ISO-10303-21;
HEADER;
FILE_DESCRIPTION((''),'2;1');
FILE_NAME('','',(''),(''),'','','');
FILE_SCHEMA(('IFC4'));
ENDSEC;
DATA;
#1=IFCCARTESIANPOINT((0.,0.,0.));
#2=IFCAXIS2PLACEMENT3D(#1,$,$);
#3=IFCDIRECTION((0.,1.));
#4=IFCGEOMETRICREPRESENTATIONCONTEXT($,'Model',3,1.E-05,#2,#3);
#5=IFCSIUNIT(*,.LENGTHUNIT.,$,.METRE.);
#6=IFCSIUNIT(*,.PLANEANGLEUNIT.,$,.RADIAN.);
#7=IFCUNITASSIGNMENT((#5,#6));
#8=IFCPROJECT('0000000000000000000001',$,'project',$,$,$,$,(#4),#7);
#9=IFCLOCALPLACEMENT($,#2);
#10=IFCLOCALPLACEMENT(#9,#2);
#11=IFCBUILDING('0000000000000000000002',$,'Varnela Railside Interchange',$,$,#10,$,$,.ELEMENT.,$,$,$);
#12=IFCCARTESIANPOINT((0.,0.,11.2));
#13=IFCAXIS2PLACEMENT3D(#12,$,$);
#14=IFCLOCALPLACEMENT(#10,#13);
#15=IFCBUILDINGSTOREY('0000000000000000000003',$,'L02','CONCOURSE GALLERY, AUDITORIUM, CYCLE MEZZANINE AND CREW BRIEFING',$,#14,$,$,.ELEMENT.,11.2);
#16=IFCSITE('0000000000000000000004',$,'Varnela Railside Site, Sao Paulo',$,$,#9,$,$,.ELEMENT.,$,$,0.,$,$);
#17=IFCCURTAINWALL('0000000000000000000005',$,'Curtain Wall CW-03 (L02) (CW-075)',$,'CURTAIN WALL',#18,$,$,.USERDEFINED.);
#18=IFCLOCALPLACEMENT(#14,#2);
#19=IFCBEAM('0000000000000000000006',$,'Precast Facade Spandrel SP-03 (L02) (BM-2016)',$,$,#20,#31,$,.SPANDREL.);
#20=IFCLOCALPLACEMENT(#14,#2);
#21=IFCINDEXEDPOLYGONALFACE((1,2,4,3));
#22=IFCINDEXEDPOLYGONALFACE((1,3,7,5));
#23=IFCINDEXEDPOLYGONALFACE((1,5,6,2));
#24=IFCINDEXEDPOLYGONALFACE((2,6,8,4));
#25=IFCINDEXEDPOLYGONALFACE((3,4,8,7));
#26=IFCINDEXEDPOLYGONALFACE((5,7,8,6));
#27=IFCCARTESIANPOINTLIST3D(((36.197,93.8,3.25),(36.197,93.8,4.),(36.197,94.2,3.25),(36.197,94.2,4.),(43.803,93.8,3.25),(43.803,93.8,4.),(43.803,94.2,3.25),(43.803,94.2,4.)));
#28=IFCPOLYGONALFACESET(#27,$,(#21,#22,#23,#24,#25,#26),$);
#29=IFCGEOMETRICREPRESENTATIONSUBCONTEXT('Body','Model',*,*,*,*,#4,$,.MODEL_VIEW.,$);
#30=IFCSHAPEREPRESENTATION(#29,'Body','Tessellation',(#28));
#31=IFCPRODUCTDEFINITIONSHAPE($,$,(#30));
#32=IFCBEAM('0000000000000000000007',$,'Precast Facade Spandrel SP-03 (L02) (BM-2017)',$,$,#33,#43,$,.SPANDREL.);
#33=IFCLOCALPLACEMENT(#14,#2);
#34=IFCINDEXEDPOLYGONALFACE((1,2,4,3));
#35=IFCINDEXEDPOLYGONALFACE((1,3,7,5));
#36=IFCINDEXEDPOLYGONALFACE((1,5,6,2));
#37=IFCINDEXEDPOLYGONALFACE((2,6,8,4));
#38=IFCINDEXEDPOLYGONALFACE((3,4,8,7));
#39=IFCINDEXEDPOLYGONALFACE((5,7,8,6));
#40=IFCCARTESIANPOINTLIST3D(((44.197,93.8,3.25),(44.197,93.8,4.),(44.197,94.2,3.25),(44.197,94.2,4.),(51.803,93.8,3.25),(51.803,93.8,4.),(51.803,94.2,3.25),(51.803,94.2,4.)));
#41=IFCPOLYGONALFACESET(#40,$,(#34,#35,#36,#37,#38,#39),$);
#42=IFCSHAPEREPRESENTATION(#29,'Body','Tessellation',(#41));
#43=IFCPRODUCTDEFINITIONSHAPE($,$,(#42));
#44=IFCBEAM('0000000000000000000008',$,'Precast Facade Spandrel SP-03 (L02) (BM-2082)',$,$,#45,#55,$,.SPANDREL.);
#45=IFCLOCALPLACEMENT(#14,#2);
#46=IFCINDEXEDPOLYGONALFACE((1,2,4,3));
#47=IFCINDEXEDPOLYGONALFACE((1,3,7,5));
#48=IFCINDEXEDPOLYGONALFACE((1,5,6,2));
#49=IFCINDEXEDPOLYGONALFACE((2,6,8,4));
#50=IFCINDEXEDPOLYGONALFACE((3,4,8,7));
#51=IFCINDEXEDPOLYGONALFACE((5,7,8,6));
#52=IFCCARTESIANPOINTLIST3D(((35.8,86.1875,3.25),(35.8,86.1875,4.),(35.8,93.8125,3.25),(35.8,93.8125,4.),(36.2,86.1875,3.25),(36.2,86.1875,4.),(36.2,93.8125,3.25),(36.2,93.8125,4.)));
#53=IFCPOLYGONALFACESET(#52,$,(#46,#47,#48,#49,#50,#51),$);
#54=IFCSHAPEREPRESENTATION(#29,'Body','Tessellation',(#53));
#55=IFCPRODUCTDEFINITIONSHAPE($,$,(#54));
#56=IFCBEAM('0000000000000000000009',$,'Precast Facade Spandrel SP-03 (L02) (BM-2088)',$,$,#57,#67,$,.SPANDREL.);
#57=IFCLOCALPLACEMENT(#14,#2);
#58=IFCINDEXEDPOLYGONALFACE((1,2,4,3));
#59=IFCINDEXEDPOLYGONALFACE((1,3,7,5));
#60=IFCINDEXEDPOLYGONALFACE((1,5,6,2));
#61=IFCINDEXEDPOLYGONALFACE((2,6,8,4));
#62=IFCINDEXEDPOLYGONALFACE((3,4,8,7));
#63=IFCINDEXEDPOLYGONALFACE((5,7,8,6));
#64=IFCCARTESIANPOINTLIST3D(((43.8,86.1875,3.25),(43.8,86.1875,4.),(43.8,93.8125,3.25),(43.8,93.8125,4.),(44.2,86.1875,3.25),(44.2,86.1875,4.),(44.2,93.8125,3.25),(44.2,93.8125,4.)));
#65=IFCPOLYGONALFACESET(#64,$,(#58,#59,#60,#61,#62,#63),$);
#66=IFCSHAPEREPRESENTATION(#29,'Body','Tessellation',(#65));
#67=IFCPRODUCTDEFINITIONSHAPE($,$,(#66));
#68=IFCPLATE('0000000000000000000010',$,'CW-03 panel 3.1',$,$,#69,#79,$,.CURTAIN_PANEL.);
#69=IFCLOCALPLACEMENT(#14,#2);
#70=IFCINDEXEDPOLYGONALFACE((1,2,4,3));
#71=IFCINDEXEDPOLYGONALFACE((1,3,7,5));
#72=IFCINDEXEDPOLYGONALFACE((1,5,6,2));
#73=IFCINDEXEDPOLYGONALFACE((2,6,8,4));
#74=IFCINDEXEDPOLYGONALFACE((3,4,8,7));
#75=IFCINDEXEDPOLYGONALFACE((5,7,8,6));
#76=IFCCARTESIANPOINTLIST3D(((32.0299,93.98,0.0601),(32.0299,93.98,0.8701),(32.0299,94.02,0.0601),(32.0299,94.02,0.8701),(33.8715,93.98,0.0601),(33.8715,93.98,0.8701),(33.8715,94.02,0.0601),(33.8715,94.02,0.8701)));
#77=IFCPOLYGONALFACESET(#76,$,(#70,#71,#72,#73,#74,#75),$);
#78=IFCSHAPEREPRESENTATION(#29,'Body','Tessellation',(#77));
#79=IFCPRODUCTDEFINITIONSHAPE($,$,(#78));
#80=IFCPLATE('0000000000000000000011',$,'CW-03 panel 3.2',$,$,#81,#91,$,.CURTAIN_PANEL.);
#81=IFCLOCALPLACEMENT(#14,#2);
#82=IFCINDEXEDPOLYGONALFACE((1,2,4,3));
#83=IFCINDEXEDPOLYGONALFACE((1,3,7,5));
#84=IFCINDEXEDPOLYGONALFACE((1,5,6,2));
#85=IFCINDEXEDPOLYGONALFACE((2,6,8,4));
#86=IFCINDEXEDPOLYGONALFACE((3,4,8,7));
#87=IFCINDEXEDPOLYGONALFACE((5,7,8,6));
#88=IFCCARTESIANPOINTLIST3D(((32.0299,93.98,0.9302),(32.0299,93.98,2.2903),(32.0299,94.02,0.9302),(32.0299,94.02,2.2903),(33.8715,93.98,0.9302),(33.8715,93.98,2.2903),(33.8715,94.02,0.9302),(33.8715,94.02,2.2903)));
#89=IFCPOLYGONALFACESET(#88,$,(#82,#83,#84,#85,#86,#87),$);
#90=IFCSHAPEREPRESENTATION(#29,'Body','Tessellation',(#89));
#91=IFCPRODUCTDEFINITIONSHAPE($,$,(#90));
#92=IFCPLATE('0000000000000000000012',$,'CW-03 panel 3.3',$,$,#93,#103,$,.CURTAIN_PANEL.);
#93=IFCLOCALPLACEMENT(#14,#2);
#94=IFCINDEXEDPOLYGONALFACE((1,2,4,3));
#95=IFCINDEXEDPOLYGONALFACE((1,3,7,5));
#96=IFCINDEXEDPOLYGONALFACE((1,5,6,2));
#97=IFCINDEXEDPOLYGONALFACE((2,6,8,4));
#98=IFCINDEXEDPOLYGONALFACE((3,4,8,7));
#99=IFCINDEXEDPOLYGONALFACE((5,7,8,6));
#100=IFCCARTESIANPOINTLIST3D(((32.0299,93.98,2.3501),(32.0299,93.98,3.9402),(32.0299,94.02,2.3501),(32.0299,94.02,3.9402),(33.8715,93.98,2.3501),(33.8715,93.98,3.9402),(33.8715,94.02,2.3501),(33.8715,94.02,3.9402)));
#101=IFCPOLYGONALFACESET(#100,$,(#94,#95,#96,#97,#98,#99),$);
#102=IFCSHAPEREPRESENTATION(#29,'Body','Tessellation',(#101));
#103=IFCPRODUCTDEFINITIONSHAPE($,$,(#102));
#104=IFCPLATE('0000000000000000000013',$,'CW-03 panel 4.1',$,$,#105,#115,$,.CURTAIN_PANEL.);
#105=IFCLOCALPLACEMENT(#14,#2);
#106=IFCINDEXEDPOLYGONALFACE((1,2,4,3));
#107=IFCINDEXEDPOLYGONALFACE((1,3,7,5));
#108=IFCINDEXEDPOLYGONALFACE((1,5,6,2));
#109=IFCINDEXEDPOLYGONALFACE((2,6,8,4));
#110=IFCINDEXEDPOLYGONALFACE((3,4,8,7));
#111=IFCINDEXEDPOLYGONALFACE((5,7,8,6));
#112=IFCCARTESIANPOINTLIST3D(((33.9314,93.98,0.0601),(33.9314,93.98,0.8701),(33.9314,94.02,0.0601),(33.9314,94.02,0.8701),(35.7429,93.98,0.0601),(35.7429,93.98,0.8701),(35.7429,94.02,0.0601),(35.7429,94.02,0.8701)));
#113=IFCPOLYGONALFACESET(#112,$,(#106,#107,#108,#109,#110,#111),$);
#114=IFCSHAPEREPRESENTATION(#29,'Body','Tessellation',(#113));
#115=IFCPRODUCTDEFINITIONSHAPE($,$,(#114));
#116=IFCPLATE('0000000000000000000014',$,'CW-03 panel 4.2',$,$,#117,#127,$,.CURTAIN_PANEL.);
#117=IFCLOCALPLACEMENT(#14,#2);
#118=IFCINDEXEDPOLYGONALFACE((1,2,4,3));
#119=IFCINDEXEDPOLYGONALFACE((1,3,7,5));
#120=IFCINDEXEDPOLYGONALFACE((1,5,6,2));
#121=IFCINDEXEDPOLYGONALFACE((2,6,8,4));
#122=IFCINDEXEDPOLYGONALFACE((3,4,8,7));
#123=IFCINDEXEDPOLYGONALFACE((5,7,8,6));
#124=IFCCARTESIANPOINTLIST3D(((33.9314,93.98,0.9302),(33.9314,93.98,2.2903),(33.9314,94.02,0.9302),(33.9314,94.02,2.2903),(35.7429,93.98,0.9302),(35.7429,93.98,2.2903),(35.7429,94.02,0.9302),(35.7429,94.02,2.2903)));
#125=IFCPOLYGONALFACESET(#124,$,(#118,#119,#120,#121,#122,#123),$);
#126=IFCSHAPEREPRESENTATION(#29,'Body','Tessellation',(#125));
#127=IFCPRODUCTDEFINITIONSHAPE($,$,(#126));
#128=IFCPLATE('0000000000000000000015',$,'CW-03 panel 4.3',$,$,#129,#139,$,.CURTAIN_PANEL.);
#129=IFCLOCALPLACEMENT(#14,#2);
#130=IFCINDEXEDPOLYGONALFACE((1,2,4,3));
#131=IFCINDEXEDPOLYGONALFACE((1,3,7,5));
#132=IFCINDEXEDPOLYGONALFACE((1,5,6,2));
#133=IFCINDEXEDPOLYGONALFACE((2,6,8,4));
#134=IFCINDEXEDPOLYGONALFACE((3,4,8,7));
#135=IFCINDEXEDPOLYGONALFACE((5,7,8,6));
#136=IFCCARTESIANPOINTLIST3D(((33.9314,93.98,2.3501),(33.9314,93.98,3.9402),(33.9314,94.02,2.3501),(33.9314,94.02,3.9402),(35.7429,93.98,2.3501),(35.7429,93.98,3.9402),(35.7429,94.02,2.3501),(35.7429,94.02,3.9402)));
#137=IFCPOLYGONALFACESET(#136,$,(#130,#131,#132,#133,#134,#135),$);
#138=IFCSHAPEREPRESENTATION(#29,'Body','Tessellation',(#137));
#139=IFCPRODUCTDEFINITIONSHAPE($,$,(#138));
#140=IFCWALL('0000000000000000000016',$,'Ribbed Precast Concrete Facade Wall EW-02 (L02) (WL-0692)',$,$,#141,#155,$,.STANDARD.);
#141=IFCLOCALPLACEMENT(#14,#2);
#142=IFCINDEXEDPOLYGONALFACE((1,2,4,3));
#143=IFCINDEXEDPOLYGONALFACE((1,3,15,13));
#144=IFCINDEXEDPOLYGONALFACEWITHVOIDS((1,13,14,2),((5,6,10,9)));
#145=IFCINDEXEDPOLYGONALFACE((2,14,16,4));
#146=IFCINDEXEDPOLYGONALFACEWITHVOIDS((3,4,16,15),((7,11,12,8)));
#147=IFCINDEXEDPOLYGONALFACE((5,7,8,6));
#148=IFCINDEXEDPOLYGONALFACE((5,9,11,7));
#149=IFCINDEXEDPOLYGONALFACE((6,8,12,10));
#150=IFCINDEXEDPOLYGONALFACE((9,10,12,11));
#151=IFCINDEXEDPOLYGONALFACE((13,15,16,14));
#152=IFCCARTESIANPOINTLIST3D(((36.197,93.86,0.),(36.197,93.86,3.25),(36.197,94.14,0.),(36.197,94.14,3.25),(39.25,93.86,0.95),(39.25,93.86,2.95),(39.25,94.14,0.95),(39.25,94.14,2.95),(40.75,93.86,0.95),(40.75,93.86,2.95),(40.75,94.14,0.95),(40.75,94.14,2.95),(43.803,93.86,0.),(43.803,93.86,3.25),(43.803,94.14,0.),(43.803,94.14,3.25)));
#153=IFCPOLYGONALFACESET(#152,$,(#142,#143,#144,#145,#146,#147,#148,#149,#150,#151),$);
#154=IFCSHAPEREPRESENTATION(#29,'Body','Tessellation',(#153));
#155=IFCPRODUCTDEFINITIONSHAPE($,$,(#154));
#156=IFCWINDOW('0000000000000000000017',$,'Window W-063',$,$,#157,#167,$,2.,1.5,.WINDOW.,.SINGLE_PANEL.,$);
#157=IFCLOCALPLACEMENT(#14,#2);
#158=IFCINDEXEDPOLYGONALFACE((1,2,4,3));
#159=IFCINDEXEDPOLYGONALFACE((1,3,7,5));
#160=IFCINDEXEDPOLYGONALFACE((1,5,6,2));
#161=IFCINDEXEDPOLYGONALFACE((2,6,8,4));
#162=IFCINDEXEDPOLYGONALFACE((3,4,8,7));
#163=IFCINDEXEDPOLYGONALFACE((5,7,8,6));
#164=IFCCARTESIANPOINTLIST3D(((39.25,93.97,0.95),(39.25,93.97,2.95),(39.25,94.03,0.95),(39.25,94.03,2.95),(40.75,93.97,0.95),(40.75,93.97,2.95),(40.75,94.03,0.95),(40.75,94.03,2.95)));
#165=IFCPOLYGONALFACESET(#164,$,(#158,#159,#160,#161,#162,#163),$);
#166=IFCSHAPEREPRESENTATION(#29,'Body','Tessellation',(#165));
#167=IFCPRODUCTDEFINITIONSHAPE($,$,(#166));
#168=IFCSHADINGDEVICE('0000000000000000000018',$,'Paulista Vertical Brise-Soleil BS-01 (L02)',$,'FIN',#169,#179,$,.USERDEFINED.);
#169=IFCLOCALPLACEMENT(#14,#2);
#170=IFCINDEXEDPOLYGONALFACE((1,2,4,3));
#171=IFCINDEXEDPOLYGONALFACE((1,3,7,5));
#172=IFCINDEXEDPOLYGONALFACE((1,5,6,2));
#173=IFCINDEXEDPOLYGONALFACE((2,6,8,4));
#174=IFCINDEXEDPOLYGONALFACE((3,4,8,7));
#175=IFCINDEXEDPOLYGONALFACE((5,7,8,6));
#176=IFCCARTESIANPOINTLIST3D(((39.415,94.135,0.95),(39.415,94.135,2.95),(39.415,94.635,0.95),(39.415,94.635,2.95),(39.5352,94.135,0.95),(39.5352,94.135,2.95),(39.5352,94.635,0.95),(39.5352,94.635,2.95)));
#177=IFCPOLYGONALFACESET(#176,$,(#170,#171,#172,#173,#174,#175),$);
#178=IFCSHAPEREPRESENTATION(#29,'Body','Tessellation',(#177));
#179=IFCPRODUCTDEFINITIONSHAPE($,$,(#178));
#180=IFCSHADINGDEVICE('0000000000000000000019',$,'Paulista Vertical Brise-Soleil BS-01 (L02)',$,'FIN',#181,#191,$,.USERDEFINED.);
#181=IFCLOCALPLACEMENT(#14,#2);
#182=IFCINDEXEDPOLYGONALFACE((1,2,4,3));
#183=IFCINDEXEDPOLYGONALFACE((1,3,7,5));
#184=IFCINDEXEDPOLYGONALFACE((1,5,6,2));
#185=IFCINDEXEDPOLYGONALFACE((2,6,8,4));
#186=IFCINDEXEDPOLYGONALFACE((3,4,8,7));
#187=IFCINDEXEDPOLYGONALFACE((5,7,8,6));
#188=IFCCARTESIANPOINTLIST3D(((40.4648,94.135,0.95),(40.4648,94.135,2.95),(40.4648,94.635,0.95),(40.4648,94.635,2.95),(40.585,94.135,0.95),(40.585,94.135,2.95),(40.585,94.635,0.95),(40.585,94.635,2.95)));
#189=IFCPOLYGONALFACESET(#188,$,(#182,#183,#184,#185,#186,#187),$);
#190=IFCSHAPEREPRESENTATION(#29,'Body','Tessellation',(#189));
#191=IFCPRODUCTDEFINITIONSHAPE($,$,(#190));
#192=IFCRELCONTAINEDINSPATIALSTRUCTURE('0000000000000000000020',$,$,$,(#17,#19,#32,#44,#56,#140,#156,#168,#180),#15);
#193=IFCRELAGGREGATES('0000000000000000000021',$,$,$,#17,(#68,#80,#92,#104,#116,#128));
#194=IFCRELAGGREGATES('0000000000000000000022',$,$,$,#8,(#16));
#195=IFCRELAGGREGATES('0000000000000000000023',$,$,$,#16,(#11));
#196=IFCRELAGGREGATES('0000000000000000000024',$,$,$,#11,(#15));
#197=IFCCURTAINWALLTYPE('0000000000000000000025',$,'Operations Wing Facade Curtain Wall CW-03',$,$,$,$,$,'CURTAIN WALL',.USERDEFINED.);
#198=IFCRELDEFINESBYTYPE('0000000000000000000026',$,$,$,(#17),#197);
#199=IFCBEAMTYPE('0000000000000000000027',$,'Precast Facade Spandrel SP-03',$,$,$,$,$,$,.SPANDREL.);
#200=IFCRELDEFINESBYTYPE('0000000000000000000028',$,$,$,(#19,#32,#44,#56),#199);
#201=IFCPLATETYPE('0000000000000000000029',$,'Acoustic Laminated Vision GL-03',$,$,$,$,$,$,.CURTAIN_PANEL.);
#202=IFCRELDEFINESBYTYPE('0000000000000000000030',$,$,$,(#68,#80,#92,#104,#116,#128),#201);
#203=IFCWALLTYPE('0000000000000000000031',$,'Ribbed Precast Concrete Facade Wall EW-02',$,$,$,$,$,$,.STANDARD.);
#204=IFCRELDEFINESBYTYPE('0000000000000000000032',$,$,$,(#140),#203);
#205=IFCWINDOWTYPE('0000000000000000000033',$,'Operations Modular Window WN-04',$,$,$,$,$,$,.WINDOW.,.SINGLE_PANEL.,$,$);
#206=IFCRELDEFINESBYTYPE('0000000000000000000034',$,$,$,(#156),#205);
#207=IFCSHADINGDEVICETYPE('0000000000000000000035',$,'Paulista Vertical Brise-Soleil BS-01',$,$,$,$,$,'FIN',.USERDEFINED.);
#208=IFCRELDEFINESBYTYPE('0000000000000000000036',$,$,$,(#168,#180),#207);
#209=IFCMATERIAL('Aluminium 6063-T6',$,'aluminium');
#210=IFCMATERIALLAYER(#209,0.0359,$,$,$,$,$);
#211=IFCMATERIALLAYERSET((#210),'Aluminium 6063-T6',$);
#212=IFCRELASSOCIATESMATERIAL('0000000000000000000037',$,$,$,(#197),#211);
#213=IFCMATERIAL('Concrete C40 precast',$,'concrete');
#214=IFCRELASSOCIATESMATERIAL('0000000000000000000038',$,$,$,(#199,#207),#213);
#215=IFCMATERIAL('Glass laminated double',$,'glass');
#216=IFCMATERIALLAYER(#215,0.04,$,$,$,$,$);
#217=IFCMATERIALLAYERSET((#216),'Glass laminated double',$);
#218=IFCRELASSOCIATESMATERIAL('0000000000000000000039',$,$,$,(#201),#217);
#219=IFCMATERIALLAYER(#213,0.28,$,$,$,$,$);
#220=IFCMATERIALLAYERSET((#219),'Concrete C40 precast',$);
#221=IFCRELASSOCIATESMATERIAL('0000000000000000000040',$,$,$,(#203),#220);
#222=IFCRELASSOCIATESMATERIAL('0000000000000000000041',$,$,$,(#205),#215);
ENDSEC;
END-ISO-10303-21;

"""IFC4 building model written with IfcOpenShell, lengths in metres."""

from ifc_helpers import new_model, si_unit, direction, frame, frame_2d, origin, origin_2d, place, context, subcontext, project, spatial, rectangle, extrude, material, layer, layer_set, material_profile, profile_set, type_object, element, fill, aggregate, save


model = new_model("IFC4")

# Units and contexts
model_context = context("Model", 3, precision=1e-05, world=origin(), true_north=direction((0.0, 1.0)))
body_context = subcontext(model_context, "Body", "Model", "MODEL_VIEW")
ifc_project = project(units=[si_unit("LENGTHUNIT", "METRE"), si_unit("PLANEANGLEUNIT", "RADIAN")], contexts=[model_context])

# Site, building, storey
site_placement = place(None, origin())
site = spatial("IfcSite", under=ifc_project, at=site_placement, Name="Varnela Railside Site, Sao Paulo", CompositionType="ELEMENT", RefElevation=0.0)
building_placement = place(site_placement, origin())
building = spatial("IfcBuilding", under=site, at=building_placement, Name="Varnela Railside Interchange", CompositionType="ELEMENT")
storey_placement = place(building_placement, frame((0.0, 0.0, 11.2)))
storey = spatial("IfcBuildingStorey", under=building, at=storey_placement, Name="L02", Description="CONCOURSE GALLERY, AUDITORIUM, CYCLE MEZZANINE AND CREW BRIEFING", CompositionType="ELEMENT", Elevation=11.2)

# Curtain wall
ifc_material_1 = material(Name="Aluminium 6063-T6", Category="aluminium")
ifc_layer_1 = layer(ifc_material_1, 0.0359)
ifc_layer_set_1 = layer_set([ifc_layer_1], Name="Aluminium 6063-T6")
curtain_wall_type = type_object("IfcCurtainWallType", Name="Operations Wing Facade Curtain Wall CW-03", ElementType="CURTAIN WALL", PredefinedType="USERDEFINED", material=ifc_layer_set_1)
curtain_wall_1_placement = place(storey_placement, origin())
curtain_wall_1 = element("IfcCurtainWall", 1, at=curtain_wall_1_placement, inside=storey, type_object=curtain_wall_type, Name="Curtain Wall CW-03 (L02) (CW-075)", ObjectType="CURTAIN WALL", PredefinedType="USERDEFINED")

# Beams
ifc_material_2 = material(Name="Concrete C40 precast", Category="concrete")
ifc_material_profile_1 = material_profile(ifc_material_2, rectangle(XDim=0.3999, YDim=0.75, at=origin_2d()), Name="PC 400x750")
ifc_profile_set_1 = profile_set([ifc_material_profile_1], Name="Concrete C40 precast")
beam_type = type_object("IfcBeamType", Name="Precast Facade Spandrel SP-03", PredefinedType="SPANDREL", material=ifc_profile_set_1)
for number, where, z_axis, x_axis, name in (
    (2, (36.197, 94.0, 3.625), (1.0, 0.0, 0.0), (0.0, 1.0, 0.0), "Precast Facade Spandrel SP-03 (L02) (BM-2016)"),
    (3, (44.197, 94.0, 3.625), (1.0, 0.0, 0.0), (0.0, 1.0, 0.0), "Precast Facade Spandrel SP-03 (L02) (BM-2017)"),
):
    element("IfcBeam", number, at=place(storey_placement, frame(where, z_axis=z_axis, x_axis=x_axis)), inside=storey, type_object=beam_type, Name=name, PredefinedType="SPANDREL", context=body_context, shape_type="SweptSolid", body=[
        extrude(rectangle(XDim=0.3999, YDim=0.75, at=origin_2d()), origin(), (0.0, 0.0, 1.0), 7.606),
    ])
for number, where, z_axis, x_axis, name in (
    (4, (36.0, 86.1875, 3.625), (0.0, 1.0, 0.0), (-1.0, 0.0, 0.0), "Precast Facade Spandrel SP-03 (L02) (BM-2082)"),
    (5, (44.0, 86.1875, 3.625), (0.0, 1.0, 0.0), (-1.0, 0.0, 0.0), "Precast Facade Spandrel SP-03 (L02) (BM-2088)"),
):
    element("IfcBeam", number, at=place(storey_placement, frame(where, z_axis=z_axis, x_axis=x_axis)), inside=storey, type_object=beam_type, Name=name, PredefinedType="SPANDREL", context=body_context, shape_type="SweptSolid", body=[
        extrude(rectangle(XDim=0.3999, YDim=0.75, at=origin_2d()), origin(), (0.0, 0.0, 1.0), 7.625),
    ])

# Plates
ifc_material_3 = material(Name="Glass laminated double", Category="glass")
ifc_layer_2 = layer(ifc_material_3, 0.04)
ifc_layer_set_2 = layer_set([ifc_layer_2], Name="Glass laminated double")
plate_type = type_object("IfcPlateType", Name="Acoustic Laminated Vision GL-03", PredefinedType="CURTAIN_PANEL", material=ifc_layer_set_2)
plate_1_placement = place(storey_placement, frame((32.9507, 94.0, 0.0601), z_axis=(0.0, 0.0, 1.0), x_axis=(1.0, 0.0, 0.0)))
plate_1 = element("IfcPlate", 6, at=plate_1_placement, type_object=plate_type, Name="CW-03 panel 3.1", PredefinedType="CURTAIN_PANEL", context=body_context, shape_type="SweptSolid", body=[
    extrude(rectangle(XDim=1.8416, YDim=0.04, at=origin_2d()), origin(), (0.0, 0.0, 1.0), 0.8101),
])
plate_2_placement = place(storey_placement, frame((32.9507, 94.0, 0.9302), z_axis=(0.0, 0.0, 1.0), x_axis=(1.0, 0.0, 0.0)))
plate_2 = element("IfcPlate", 7, at=plate_2_placement, type_object=plate_type, Name="CW-03 panel 3.2", PredefinedType="CURTAIN_PANEL", context=body_context, shape_type="SweptSolid", body=[
    extrude(rectangle(XDim=1.8416, YDim=0.04, at=origin_2d()), origin(), (0.0, 0.0, 1.0), 1.3601),
])
plate_3_placement = place(storey_placement, frame((32.9507, 94.0, 2.3501), z_axis=(0.0, 0.0, 1.0), x_axis=(1.0, 0.0, 0.0)))
plate_3 = element("IfcPlate", 8, at=plate_3_placement, type_object=plate_type, Name="CW-03 panel 3.3", PredefinedType="CURTAIN_PANEL", context=body_context, shape_type="SweptSolid", body=[
    extrude(rectangle(XDim=1.8416, YDim=0.04, at=origin_2d()), origin(), (0.0, 0.0, 1.0), 1.5901),
])
plate_4_placement = place(storey_placement, frame((34.8372, 94.0, 0.0601), z_axis=(0.0, 0.0, 1.0), x_axis=(1.0, 0.0, 0.0)))
plate_4 = element("IfcPlate", 9, at=plate_4_placement, type_object=plate_type, Name="CW-03 panel 4.1", PredefinedType="CURTAIN_PANEL", context=body_context, shape_type="SweptSolid", body=[
    extrude(rectangle(XDim=1.8115, YDim=0.04, at=origin_2d()), origin(), (0.0, 0.0, 1.0), 0.8101),
])
plate_5_placement = place(storey_placement, frame((34.8372, 94.0, 0.9302), z_axis=(0.0, 0.0, 1.0), x_axis=(1.0, 0.0, 0.0)))
plate_5 = element("IfcPlate", 10, at=plate_5_placement, type_object=plate_type, Name="CW-03 panel 4.2", PredefinedType="CURTAIN_PANEL", context=body_context, shape_type="SweptSolid", body=[
    extrude(rectangle(XDim=1.8115, YDim=0.04, at=origin_2d()), origin(), (0.0, 0.0, 1.0), 1.3601),
])
plate_6_placement = place(storey_placement, frame((34.8372, 94.0, 2.3501), z_axis=(0.0, 0.0, 1.0), x_axis=(1.0, 0.0, 0.0)))
plate_6 = element("IfcPlate", 11, at=plate_6_placement, type_object=plate_type, Name="CW-03 panel 4.3", PredefinedType="CURTAIN_PANEL", context=body_context, shape_type="SweptSolid", body=[
    extrude(rectangle(XDim=1.8115, YDim=0.04, at=origin_2d()), origin(), (0.0, 0.0, 1.0), 1.5901),
])
aggregate(curtain_wall_1, [plate_1, plate_2, plate_3, plate_4, plate_5, plate_6])

# Wall, opening, window
ifc_layer_3 = layer(ifc_material_2, 0.28)
ifc_layer_set_3 = layer_set([ifc_layer_3], Name="Concrete C40 precast")
wall_type = type_object("IfcWallType", Name="Ribbed Precast Concrete Facade Wall EW-02", PredefinedType="STANDARD", material=ifc_layer_set_3)
wall_placement = place(storey_placement, frame((36.197, 94.0, 0.0), z_axis=(0.0, 0.0, 1.0), x_axis=(1.0, 0.0, 0.0)))
wall = element("IfcWall", 12, at=wall_placement, inside=storey, type_object=wall_type, Name="Ribbed Precast Concrete Facade Wall EW-02 (L02) (WL-0692)", PredefinedType="STANDARD", context=body_context, shape_type="SweptSolid", body=[
    extrude(rectangle(XDim=7.606, YDim=0.28, at=frame_2d((3.803, 0.0))), origin(), (0.0, 0.0, 1.0), 3.25),
])
opening_placement = place(wall_placement, frame((3.053, 0.0, 0.95)))
opening = element("IfcOpeningElement", 13, at=opening_placement, cuts=wall, PredefinedType="OPENING", context=body_context, shape_type="SweptSolid", body=[
    extrude(rectangle(XDim=1.5, YDim=2.0, at=frame_2d((0.75, 1.0))), frame((0.0, 0.1499, 0.0), z_axis=(0.0, -1.0, 0.0), x_axis=(1.0, 0.0, 0.0)), (0.0, 0.0, 1.0), 0.3),
])
window_type = type_object("IfcWindowType", Name="Operations Modular Window WN-04", PartitioningType="SINGLE_PANEL", PredefinedType="WINDOW", material=ifc_material_3)
window_placement = place(opening_placement, origin())
window = element("IfcWindow", 14, at=window_placement, inside=storey, type_object=window_type, Name="Window W-063", OverallHeight=2.0, OverallWidth=1.5, PartitioningType="SINGLE_PANEL", PredefinedType="WINDOW", context=body_context, shape_type="SweptSolid", body=[
    extrude(rectangle(XDim=1.5, YDim=2.0, at=frame_2d((0.75, 1.0))), frame((0.0, 0.03, 0.0), z_axis=(0.0, -1.0, 0.0), x_axis=(1.0, 0.0, 0.0)), (0.0, 0.0, 1.0), 0.0601),
])
fill(opening, window)

# Shading devices
shading_device_type = type_object("IfcShadingDeviceType", Name="Paulista Vertical Brise-Soleil BS-01", ElementType="FIN", PredefinedType="USERDEFINED", material=ifc_material_2)
for number, where, z_axis, x_axis, name in (
    (15, (39.4751, 94.385, 0.95), (0.0, 0.0, 1.0), (0.0, 1.0, 0.0), "Paulista Vertical Brise-Soleil BS-01 (L02)"),
    (16, (40.5249, 94.385, 0.95), (0.0, 0.0, 1.0), (0.0, 1.0, 0.0), "Paulista Vertical Brise-Soleil BS-01 (L02)"),
):
    element("IfcShadingDevice", number, at=place(storey_placement, frame(where, z_axis=z_axis, x_axis=x_axis)), inside=storey, type_object=shading_device_type, Name=name, ObjectType="FIN", PredefinedType="USERDEFINED", context=body_context, shape_type="SweptSolid", body=[
        extrude(rectangle(XDim=0.5, YDim=0.1201, at=origin_2d()), origin(), (0.0, 0.0, 1.0), 2.0),
    ])

save(model, "model.ifc")
